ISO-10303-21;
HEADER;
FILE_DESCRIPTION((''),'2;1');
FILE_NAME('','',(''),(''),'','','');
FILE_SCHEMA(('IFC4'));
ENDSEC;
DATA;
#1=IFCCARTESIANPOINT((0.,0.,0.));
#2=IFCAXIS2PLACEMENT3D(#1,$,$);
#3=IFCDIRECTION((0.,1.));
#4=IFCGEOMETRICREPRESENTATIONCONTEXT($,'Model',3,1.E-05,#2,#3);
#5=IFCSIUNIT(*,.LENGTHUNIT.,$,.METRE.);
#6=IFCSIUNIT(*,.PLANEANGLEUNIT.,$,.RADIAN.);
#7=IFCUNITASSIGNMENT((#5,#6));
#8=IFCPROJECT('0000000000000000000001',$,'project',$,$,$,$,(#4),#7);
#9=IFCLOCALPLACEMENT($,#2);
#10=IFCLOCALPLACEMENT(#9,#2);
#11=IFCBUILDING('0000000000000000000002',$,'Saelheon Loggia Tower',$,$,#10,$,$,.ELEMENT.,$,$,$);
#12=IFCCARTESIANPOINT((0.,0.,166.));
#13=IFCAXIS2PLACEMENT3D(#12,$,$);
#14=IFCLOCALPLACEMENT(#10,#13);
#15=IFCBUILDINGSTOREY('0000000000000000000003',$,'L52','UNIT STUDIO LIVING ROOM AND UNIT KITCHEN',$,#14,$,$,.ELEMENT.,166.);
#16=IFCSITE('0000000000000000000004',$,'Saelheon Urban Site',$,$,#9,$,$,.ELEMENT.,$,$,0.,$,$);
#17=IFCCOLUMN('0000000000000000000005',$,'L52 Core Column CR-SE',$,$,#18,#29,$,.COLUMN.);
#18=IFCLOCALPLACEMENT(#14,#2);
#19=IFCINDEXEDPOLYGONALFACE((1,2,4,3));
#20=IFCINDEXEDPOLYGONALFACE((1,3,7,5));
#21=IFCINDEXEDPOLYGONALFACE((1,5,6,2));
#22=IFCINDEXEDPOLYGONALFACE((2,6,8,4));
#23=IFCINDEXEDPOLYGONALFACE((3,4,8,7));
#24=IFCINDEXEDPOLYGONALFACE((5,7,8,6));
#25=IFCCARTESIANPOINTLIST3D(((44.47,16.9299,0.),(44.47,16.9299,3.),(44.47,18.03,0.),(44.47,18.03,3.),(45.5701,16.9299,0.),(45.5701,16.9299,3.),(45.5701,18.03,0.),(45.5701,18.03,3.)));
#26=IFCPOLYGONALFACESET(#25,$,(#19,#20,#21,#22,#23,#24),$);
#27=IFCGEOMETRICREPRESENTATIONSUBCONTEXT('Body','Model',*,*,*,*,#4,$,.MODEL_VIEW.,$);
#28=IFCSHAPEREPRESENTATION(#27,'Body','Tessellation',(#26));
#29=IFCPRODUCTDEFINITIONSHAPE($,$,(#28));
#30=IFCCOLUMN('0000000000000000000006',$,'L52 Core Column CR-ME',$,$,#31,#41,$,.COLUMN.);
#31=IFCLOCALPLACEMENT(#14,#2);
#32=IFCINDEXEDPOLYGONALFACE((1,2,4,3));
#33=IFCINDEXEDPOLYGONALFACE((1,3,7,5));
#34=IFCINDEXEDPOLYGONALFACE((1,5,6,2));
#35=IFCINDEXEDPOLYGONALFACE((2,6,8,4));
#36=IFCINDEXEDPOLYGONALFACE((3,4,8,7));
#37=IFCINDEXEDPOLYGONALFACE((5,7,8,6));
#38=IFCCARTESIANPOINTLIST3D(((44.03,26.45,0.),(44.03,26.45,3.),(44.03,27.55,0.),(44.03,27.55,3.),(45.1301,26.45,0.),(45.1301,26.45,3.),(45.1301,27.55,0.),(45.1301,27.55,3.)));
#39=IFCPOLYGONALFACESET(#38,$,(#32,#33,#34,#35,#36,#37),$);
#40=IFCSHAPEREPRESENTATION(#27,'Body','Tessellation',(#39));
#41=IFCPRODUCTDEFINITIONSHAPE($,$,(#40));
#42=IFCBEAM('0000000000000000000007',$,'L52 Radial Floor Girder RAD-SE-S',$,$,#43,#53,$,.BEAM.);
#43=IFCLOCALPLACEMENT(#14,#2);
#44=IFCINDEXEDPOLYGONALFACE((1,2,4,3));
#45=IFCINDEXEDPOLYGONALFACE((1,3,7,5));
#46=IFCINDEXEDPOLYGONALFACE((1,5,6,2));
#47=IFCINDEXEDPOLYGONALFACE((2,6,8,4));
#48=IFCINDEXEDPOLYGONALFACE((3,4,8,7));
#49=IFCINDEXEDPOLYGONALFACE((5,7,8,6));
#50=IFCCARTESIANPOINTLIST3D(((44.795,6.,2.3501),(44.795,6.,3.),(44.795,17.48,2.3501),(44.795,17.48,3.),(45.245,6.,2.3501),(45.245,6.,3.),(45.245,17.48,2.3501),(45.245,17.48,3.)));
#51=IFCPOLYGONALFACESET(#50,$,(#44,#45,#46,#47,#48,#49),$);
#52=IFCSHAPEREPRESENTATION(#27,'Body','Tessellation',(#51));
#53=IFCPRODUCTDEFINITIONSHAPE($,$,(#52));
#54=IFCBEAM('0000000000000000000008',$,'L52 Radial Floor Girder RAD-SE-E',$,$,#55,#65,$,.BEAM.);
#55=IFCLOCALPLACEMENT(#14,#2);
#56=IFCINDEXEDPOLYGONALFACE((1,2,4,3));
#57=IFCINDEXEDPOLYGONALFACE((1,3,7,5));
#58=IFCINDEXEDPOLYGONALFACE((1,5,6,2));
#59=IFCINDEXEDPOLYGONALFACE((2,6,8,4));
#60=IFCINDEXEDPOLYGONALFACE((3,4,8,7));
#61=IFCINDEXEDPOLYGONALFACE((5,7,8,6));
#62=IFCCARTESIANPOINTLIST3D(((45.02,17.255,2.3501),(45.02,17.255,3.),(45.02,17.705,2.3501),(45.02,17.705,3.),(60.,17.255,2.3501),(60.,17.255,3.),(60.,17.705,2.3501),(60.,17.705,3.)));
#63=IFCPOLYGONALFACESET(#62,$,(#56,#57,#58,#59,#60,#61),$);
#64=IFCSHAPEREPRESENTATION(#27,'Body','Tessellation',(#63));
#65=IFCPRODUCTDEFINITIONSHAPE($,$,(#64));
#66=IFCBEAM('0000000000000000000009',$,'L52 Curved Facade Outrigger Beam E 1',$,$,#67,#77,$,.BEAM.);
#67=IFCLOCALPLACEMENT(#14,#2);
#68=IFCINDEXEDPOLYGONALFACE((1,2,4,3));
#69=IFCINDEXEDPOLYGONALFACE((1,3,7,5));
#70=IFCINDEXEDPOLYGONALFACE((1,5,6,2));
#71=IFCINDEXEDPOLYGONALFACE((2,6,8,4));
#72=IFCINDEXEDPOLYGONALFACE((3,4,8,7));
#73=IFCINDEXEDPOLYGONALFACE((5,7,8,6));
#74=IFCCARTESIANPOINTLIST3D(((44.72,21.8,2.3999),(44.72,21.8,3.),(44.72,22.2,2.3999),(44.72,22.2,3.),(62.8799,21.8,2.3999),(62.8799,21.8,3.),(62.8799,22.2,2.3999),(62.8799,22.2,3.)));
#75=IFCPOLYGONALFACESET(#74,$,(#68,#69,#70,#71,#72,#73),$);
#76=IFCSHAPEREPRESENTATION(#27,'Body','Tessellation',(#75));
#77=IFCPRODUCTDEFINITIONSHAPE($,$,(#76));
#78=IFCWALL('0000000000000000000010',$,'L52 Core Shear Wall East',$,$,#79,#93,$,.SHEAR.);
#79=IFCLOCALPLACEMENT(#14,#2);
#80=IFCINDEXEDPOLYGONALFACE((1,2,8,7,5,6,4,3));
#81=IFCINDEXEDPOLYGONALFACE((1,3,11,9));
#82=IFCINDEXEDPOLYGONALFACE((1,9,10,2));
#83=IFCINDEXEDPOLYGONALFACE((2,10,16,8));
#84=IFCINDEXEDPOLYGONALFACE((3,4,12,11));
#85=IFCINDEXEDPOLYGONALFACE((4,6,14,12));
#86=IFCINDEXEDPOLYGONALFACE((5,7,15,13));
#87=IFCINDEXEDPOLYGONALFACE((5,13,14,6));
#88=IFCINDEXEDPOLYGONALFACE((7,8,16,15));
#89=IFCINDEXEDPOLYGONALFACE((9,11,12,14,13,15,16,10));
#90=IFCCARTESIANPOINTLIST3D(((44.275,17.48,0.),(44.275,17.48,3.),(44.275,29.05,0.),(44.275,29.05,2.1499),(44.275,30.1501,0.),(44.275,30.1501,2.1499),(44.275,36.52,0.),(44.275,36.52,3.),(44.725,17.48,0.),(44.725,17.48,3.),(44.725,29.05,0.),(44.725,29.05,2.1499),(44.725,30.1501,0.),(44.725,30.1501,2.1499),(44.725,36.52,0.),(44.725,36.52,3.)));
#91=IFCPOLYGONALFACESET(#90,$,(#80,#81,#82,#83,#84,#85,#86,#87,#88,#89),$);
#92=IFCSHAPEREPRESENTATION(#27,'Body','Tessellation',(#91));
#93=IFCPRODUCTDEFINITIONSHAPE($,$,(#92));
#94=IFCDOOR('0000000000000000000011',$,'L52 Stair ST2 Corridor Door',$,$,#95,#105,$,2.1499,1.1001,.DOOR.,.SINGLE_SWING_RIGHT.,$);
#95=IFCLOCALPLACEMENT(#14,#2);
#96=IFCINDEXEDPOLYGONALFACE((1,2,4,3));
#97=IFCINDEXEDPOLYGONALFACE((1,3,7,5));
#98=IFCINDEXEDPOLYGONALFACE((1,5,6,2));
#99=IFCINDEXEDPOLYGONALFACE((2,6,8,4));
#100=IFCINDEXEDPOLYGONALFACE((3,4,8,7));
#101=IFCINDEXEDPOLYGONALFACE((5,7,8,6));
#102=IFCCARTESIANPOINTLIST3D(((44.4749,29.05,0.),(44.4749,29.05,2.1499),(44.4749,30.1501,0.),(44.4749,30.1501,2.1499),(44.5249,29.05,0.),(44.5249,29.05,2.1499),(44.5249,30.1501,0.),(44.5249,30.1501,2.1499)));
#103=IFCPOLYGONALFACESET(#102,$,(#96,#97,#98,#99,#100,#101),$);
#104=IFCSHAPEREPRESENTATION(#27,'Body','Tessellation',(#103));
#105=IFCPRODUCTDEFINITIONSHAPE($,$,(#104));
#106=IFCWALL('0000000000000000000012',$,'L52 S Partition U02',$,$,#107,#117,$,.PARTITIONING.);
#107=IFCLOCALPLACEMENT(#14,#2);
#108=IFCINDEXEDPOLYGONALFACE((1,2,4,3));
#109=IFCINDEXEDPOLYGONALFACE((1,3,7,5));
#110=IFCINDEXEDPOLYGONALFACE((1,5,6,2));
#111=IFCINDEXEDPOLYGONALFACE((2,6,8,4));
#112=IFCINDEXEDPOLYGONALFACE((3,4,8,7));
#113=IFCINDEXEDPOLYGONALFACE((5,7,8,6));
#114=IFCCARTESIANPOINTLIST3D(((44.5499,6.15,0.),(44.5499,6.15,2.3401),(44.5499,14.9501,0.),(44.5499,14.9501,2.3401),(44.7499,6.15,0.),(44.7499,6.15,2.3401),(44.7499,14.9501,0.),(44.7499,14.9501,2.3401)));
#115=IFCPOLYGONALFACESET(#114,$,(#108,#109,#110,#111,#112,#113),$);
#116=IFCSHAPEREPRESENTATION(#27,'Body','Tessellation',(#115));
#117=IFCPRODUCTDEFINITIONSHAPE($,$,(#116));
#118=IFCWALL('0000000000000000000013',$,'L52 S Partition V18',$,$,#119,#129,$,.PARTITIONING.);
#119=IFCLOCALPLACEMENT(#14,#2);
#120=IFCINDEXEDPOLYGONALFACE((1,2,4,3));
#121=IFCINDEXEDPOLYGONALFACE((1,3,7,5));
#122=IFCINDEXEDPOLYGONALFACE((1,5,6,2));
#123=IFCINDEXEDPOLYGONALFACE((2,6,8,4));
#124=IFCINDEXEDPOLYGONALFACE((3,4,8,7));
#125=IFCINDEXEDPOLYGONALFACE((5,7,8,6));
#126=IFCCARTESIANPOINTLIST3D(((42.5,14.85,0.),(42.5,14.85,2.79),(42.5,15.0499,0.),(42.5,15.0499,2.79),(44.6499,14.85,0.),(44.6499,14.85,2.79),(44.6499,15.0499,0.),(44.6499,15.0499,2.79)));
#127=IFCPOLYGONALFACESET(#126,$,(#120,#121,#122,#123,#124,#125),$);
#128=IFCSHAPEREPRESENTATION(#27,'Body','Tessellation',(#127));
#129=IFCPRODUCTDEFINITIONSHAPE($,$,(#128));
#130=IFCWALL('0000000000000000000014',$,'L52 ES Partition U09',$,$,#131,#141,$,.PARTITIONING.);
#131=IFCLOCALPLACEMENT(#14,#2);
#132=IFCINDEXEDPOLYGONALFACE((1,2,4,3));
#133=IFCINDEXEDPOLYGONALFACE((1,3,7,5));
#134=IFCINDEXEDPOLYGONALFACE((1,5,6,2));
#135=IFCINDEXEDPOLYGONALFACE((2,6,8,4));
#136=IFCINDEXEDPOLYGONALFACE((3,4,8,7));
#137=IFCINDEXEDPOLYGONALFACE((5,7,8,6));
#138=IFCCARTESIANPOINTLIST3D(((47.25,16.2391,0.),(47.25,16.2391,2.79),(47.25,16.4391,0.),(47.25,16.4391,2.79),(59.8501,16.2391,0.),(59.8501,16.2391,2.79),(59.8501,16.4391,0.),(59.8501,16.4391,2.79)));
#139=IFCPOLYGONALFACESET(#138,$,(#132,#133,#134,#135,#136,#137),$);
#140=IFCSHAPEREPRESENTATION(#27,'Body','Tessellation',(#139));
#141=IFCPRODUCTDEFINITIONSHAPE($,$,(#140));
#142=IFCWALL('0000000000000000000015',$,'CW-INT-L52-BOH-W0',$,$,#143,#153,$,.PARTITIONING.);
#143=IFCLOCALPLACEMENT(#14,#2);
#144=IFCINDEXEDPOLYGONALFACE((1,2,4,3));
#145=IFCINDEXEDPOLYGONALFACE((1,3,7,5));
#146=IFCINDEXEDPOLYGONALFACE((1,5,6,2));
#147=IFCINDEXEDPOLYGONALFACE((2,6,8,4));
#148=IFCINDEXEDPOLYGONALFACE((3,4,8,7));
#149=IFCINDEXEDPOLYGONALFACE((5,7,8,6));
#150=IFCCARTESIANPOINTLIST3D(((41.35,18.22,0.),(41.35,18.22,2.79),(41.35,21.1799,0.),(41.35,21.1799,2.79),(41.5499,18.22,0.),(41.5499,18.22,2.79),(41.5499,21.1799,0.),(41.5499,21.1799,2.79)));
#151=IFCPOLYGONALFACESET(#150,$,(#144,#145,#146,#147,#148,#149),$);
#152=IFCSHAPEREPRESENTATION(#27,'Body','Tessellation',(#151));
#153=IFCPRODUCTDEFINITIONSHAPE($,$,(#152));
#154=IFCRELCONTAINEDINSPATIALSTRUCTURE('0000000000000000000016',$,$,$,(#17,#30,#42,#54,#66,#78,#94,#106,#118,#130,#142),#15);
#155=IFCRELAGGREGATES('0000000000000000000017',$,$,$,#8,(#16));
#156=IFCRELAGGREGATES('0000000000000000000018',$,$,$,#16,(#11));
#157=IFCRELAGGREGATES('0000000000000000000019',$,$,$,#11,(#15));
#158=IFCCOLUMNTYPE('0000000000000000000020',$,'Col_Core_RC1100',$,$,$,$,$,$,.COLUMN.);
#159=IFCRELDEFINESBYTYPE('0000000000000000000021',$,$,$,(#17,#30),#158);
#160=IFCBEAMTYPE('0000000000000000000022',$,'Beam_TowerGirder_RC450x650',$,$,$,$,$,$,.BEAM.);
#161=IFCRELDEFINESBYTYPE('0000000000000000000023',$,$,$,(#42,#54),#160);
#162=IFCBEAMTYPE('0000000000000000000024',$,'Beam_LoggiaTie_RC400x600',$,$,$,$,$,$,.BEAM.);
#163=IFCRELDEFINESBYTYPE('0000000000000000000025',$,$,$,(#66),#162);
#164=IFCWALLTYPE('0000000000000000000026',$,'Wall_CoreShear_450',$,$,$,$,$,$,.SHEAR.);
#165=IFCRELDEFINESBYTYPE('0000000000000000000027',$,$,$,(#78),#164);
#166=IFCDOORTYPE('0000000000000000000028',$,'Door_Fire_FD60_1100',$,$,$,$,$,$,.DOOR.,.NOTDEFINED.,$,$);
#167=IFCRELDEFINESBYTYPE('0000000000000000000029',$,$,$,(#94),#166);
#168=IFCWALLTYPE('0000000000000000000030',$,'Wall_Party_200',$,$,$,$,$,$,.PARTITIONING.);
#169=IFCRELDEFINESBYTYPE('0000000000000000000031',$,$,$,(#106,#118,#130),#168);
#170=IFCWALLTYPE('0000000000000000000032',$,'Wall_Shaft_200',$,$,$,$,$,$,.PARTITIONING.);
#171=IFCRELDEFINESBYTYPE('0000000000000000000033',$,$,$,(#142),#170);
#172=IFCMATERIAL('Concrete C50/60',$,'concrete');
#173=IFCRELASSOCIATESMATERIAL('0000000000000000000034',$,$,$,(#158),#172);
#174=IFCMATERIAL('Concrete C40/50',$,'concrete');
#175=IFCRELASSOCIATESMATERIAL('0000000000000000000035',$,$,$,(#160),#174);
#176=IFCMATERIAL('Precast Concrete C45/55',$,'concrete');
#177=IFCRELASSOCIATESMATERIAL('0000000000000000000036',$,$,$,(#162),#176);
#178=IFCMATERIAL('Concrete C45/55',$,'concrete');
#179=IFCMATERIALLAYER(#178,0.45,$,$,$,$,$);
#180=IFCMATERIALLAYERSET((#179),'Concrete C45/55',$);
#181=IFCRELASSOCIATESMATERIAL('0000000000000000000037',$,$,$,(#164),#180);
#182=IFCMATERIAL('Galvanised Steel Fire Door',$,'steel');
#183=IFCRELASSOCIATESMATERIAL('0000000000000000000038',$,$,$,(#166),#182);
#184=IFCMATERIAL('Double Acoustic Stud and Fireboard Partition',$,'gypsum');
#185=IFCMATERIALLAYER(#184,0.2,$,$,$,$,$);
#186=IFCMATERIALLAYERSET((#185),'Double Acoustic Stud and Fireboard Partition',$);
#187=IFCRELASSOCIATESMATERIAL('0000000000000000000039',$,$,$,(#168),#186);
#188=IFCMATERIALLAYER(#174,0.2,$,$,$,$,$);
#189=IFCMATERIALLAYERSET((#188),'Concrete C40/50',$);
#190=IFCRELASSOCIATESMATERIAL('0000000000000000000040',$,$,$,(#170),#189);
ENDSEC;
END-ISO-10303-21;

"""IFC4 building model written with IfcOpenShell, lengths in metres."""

from ifc_helpers import new_model, si_unit, direction, frame, frame_2d, origin, origin_2d, place, context, subcontext, project, spatial, rectangle, extrude, source, transform, mapped, material, layer, layer_set, material_profile, profile_set, type_object, element, fill, save


model = new_model("IFC4")

# Units and contexts
model_context = context("Model", 3, precision=1e-05, world=origin(), true_north=direction((0.0, 1.0)))
body_context = subcontext(model_context, "Body", "Model", "MODEL_VIEW")
ifc_project = project(units=[si_unit("LENGTHUNIT", "METRE"), si_unit("PLANEANGLEUNIT", "RADIAN")], contexts=[model_context])

# Site, building, storey
site_placement = place(None, origin())
site = spatial("IfcSite", under=ifc_project, at=site_placement, Name="Saelheon Urban Site", CompositionType="ELEMENT", RefElevation=0.0)
building_placement = place(site_placement, origin())
building = spatial("IfcBuilding", under=site, at=building_placement, Name="Saelheon Loggia Tower", CompositionType="ELEMENT")
storey_placement = place(building_placement, frame((0.0, 0.0, 166.0)))
storey = spatial("IfcBuildingStorey", under=building, at=storey_placement, Name="L52", Description="UNIT STUDIO LIVING ROOM AND UNIT KITCHEN", CompositionType="ELEMENT", Elevation=166.0)

# Columns
ifc_material_1 = material(Name="Concrete C50/60", Category="concrete")
ifc_material_profile_1 = material_profile(ifc_material_1, rectangle(XDim=1.1001, YDim=1.1001, at=origin_2d()), Name="RC-1100x1100")
ifc_profile_set_1 = profile_set([ifc_material_profile_1], Name="Concrete C50/60")
column_type = type_object("IfcColumnType", Name="Col_Core_RC1100", PredefinedType="COLUMN", material=ifc_profile_set_1)
shared_shape_1 = source(origin(), body_context, "Body", "SweptSolid", [
    extrude(rectangle(XDim=1.1001, YDim=1.1001, at=origin_2d()), origin(), (0.0, 0.0, 1.0), 3.0),
])
for number, where, z_axis, x_axis, name in (
    (1, (45.02, 17.48, 0.0), (0.0, 0.0, 1.0), (1.0, 0.0, 0.0), "L52 Core Column CR-SE"),
    (2, (44.5801, 27.0, 0.0), (0.0, 0.0, 1.0), (1.0, 0.0, 0.0), "L52 Core Column CR-ME"),
):
    element("IfcColumn", number, at=place(storey_placement, frame(where, z_axis=z_axis, x_axis=x_axis)), inside=storey, type_object=column_type, Name=name, PredefinedType="COLUMN", context=body_context, shape_type="MappedRepresentation", body=[
        mapped(shared_shape_1, transform((0.0, 0.0, 0.0), scale=1.0)),
    ])

# Beams
ifc_material_2 = material(Name="Concrete C40/50", Category="concrete")
ifc_material_profile_2 = material_profile(ifc_material_2, rectangle(XDim=0.45, YDim=0.6499, at=origin_2d()), Name="RC-450x650")
ifc_profile_set_2 = profile_set([ifc_material_profile_2], Name="Concrete C40/50")
beam_type_1 = type_object("IfcBeamType", Name="Beam_TowerGirder_RC450x650", PredefinedType="BEAM", material=ifc_profile_set_2)
shared_shape_2 = source(origin(), body_context, "Body", "SweptSolid", [
    extrude(rectangle(XDim=0.45, YDim=0.6499, at=origin_2d()), origin(), (0.0, 0.0, 1.0), 11.48),
])
beam_1_placement = place(storey_placement, frame((45.02, 17.48, 2.675), z_axis=(0.0, -1.0, 0.0), x_axis=(1.0, 0.0, 0.0)))
element("IfcBeam", 3, at=beam_1_placement, inside=storey, type_object=beam_type_1, Name="L52 Radial Floor Girder RAD-SE-S", PredefinedType="BEAM", context=body_context, shape_type="MappedRepresentation", body=[
    mapped(shared_shape_2, transform((0.0, 0.0, 0.0), scale=1.0)),
])
shared_shape_3 = source(origin(), body_context, "Body", "SweptSolid", [
    extrude(rectangle(XDim=0.45, YDim=0.6499, at=origin_2d()), origin(), (0.0, 0.0, 1.0), 14.98),
])
beam_2_placement = place(storey_placement, frame((45.02, 17.48, 2.675), z_axis=(1.0, 0.0, 0.0), x_axis=(0.0, 1.0, 0.0)))
element("IfcBeam", 4, at=beam_2_placement, inside=storey, type_object=beam_type_1, Name="L52 Radial Floor Girder RAD-SE-E", PredefinedType="BEAM", context=body_context, shape_type="MappedRepresentation", body=[
    mapped(shared_shape_3, transform((0.0, 0.0, 0.0), scale=1.0)),
])
ifc_material_3 = material(Name="Precast Concrete C45/55", Category="concrete")
ifc_material_profile_3 = material_profile(ifc_material_3, rectangle(XDim=0.3999, YDim=0.6001, at=origin_2d()), Name="RC-400x600")
ifc_profile_set_3 = profile_set([ifc_material_profile_3], Name="Precast Concrete C45/55")
beam_type_2 = type_object("IfcBeamType", Name="Beam_LoggiaTie_RC400x600", PredefinedType="BEAM", material=ifc_profile_set_3)
shared_shape_4 = source(origin(), body_context, "Body", "SweptSolid", [
    extrude(rectangle(XDim=0.3999, YDim=0.6001, at=origin_2d()), origin(), (0.0, 0.0, 1.0), 18.1599),
])
beam_3_placement = place(storey_placement, frame((44.72, 22.0, 2.7), z_axis=(1.0, 0.0, 0.0), x_axis=(0.0, 1.0, 0.0)))
element("IfcBeam", 5, at=beam_3_placement, inside=storey, type_object=beam_type_2, Name="L52 Curved Facade Outrigger Beam E 1", PredefinedType="BEAM", context=body_context, shape_type="MappedRepresentation", body=[
    mapped(shared_shape_4, transform((0.0, 0.0, 0.0), scale=1.0)),
])

# Wall, opening, door
ifc_material_4 = material(Name="Concrete C45/55", Category="concrete")
ifc_layer_1 = layer(ifc_material_4, 0.45)
ifc_layer_set_1 = layer_set([ifc_layer_1], Name="Concrete C45/55")
wall_type_1 = type_object("IfcWallType", Name="Wall_CoreShear_450", PredefinedType="SHEAR", material=ifc_layer_set_1)
wall_1_placement = place(storey_placement, frame((44.5, 17.48, 0.0), z_axis=(0.0, 0.0, 1.0), x_axis=(0.0, 1.0, 0.0)))
wall_1 = element("IfcWall", 6, at=wall_1_placement, inside=storey, type_object=wall_type_1, Name="L52 Core Shear Wall East", PredefinedType="SHEAR", context=body_context, shape_type="SweptSolid", body=[
    extrude(rectangle(XDim=19.04, YDim=0.45, at=frame_2d((9.52, 0.0))), origin(), (0.0, 0.0, 1.0), 3.0),
])
opening_1_placement = place(wall_1_placement, frame((12.6702, 0.0, 0.0), z_axis=(0.0, 0.0, 1.0), x_axis=(-1.0, 0.0, 0.0)))
opening_1 = element("IfcOpeningElement", 7, at=opening_1_placement, cuts=wall_1, PredefinedType="OPENING", context=body_context, shape_type="SweptSolid", body=[
    extrude(rectangle(XDim=1.1001, YDim=2.1499, at=frame_2d((0.55, 1.075))), frame((0.0, 0.2371, 0.0), z_axis=(0.0, -1.0, 0.0), x_axis=(1.0, 0.0, 0.0)), (0.0, 0.0, 1.0), 0.4739),
])
ifc_material_5 = material(Name="Galvanised Steel Fire Door", Category="steel")
door_type_1 = type_object("IfcDoorType", Name="Door_Fire_FD60_1100", OperationType="NOTDEFINED", PredefinedType="DOOR", material=ifc_material_5)
shared_shape_5 = source(origin(), body_context, "Body", "SweptSolid", [
    extrude(rectangle(XDim=1.1001, YDim=2.1499, at=frame_2d((0.55, 1.075))), frame((0.0, 0.0249, 0.0), z_axis=(0.0, -1.0, 0.0), x_axis=(1.0, 0.0, 0.0)), (0.0, 0.0, 1.0), 0.05),
])
door_1_placement = place(opening_1_placement, origin())
door_1 = element("IfcDoor", 8, at=door_1_placement, inside=storey, type_object=door_type_1, Name="L52 Stair ST2 Corridor Door", OperationType="SINGLE_SWING_RIGHT", OverallHeight=2.1499, OverallWidth=1.1001, PredefinedType="DOOR", context=body_context, shape_type="MappedRepresentation", body=[
    mapped(shared_shape_5, transform((0.0, 0.0, 0.0), scale=1.0)),
])
fill(opening_1, door_1)

# Walls
ifc_material_6 = material(Name="Double Acoustic Stud and Fireboard Partition", Category="gypsum")
ifc_layer_2 = layer(ifc_material_6, 0.2)
ifc_layer_set_2 = layer_set([ifc_layer_2], Name="Double Acoustic Stud and Fireboard Partition")
wall_type_2 = type_object("IfcWallType", Name="Wall_Party_200", PredefinedType="PARTITIONING", material=ifc_layer_set_2)
wall_2_placement = place(storey_placement, frame((44.6499, 14.95, 0.0), z_axis=(0.0, 0.0, 1.0), x_axis=(0.0, -1.0, 0.0)))
element("IfcWall", 9, at=wall_2_placement, inside=storey, type_object=wall_type_2, Name="L52 S Partition U02", PredefinedType="PARTITIONING", context=body_context, shape_type="SweptSolid", body=[
    extrude(rectangle(XDim=8.8, YDim=0.2, at=frame_2d((4.3999, 0.0))), origin(), (0.0, 0.0, 1.0), 2.3401),
])
wall_3_placement = place(storey_placement, frame((42.5, 14.95, 0.0), z_axis=(0.0, 0.0, 1.0), x_axis=(1.0, 0.0, 0.0)))
element("IfcWall", 10, at=wall_3_placement, inside=storey, type_object=wall_type_2, Name="L52 S Partition V18", PredefinedType="PARTITIONING", context=body_context, shape_type="SweptSolid", body=[
    extrude(rectangle(XDim=2.1499, YDim=0.2, at=frame_2d((1.075, 0.0))), origin(), (0.0, 0.0, 1.0), 2.79),
])
wall_4_placement = place(storey_placement, frame((47.25, 16.3391, 0.0), z_axis=(0.0, 0.0, 1.0), x_axis=(1.0, 0.0, 0.0)))
element("IfcWall", 11, at=wall_4_placement, inside=storey, type_object=wall_type_2, Name="L52 ES Partition U09", PredefinedType="PARTITIONING", context=body_context, shape_type="SweptSolid", body=[
    extrude(rectangle(XDim=12.6001, YDim=0.2, at=frame_2d((6.3, 0.0))), origin(), (0.0, 0.0, 1.0), 2.79),
])
ifc_layer_3 = layer(ifc_material_2, 0.2)
ifc_layer_set_3 = layer_set([ifc_layer_3], Name="Concrete C40/50")
wall_type_3 = type_object("IfcWallType", Name="Wall_Shaft_200", PredefinedType="PARTITIONING", material=ifc_layer_set_3)
wall_5_placement = place(storey_placement, frame((41.45, 18.22, 0.0), z_axis=(0.0, 0.0, 1.0), x_axis=(0.0, 1.0, 0.0)))
element("IfcWall", 12, at=wall_5_placement, inside=storey, type_object=wall_type_3, Name="CW-INT-L52-BOH-W0", PredefinedType="PARTITIONING", context=body_context, shape_type="SweptSolid", body=[
    extrude(rectangle(XDim=2.96, YDim=0.2, at=frame_2d((1.48, 0.0))), origin(), (0.0, 0.0, 1.0), 2.79),
])

save(model, "model.ifc")
